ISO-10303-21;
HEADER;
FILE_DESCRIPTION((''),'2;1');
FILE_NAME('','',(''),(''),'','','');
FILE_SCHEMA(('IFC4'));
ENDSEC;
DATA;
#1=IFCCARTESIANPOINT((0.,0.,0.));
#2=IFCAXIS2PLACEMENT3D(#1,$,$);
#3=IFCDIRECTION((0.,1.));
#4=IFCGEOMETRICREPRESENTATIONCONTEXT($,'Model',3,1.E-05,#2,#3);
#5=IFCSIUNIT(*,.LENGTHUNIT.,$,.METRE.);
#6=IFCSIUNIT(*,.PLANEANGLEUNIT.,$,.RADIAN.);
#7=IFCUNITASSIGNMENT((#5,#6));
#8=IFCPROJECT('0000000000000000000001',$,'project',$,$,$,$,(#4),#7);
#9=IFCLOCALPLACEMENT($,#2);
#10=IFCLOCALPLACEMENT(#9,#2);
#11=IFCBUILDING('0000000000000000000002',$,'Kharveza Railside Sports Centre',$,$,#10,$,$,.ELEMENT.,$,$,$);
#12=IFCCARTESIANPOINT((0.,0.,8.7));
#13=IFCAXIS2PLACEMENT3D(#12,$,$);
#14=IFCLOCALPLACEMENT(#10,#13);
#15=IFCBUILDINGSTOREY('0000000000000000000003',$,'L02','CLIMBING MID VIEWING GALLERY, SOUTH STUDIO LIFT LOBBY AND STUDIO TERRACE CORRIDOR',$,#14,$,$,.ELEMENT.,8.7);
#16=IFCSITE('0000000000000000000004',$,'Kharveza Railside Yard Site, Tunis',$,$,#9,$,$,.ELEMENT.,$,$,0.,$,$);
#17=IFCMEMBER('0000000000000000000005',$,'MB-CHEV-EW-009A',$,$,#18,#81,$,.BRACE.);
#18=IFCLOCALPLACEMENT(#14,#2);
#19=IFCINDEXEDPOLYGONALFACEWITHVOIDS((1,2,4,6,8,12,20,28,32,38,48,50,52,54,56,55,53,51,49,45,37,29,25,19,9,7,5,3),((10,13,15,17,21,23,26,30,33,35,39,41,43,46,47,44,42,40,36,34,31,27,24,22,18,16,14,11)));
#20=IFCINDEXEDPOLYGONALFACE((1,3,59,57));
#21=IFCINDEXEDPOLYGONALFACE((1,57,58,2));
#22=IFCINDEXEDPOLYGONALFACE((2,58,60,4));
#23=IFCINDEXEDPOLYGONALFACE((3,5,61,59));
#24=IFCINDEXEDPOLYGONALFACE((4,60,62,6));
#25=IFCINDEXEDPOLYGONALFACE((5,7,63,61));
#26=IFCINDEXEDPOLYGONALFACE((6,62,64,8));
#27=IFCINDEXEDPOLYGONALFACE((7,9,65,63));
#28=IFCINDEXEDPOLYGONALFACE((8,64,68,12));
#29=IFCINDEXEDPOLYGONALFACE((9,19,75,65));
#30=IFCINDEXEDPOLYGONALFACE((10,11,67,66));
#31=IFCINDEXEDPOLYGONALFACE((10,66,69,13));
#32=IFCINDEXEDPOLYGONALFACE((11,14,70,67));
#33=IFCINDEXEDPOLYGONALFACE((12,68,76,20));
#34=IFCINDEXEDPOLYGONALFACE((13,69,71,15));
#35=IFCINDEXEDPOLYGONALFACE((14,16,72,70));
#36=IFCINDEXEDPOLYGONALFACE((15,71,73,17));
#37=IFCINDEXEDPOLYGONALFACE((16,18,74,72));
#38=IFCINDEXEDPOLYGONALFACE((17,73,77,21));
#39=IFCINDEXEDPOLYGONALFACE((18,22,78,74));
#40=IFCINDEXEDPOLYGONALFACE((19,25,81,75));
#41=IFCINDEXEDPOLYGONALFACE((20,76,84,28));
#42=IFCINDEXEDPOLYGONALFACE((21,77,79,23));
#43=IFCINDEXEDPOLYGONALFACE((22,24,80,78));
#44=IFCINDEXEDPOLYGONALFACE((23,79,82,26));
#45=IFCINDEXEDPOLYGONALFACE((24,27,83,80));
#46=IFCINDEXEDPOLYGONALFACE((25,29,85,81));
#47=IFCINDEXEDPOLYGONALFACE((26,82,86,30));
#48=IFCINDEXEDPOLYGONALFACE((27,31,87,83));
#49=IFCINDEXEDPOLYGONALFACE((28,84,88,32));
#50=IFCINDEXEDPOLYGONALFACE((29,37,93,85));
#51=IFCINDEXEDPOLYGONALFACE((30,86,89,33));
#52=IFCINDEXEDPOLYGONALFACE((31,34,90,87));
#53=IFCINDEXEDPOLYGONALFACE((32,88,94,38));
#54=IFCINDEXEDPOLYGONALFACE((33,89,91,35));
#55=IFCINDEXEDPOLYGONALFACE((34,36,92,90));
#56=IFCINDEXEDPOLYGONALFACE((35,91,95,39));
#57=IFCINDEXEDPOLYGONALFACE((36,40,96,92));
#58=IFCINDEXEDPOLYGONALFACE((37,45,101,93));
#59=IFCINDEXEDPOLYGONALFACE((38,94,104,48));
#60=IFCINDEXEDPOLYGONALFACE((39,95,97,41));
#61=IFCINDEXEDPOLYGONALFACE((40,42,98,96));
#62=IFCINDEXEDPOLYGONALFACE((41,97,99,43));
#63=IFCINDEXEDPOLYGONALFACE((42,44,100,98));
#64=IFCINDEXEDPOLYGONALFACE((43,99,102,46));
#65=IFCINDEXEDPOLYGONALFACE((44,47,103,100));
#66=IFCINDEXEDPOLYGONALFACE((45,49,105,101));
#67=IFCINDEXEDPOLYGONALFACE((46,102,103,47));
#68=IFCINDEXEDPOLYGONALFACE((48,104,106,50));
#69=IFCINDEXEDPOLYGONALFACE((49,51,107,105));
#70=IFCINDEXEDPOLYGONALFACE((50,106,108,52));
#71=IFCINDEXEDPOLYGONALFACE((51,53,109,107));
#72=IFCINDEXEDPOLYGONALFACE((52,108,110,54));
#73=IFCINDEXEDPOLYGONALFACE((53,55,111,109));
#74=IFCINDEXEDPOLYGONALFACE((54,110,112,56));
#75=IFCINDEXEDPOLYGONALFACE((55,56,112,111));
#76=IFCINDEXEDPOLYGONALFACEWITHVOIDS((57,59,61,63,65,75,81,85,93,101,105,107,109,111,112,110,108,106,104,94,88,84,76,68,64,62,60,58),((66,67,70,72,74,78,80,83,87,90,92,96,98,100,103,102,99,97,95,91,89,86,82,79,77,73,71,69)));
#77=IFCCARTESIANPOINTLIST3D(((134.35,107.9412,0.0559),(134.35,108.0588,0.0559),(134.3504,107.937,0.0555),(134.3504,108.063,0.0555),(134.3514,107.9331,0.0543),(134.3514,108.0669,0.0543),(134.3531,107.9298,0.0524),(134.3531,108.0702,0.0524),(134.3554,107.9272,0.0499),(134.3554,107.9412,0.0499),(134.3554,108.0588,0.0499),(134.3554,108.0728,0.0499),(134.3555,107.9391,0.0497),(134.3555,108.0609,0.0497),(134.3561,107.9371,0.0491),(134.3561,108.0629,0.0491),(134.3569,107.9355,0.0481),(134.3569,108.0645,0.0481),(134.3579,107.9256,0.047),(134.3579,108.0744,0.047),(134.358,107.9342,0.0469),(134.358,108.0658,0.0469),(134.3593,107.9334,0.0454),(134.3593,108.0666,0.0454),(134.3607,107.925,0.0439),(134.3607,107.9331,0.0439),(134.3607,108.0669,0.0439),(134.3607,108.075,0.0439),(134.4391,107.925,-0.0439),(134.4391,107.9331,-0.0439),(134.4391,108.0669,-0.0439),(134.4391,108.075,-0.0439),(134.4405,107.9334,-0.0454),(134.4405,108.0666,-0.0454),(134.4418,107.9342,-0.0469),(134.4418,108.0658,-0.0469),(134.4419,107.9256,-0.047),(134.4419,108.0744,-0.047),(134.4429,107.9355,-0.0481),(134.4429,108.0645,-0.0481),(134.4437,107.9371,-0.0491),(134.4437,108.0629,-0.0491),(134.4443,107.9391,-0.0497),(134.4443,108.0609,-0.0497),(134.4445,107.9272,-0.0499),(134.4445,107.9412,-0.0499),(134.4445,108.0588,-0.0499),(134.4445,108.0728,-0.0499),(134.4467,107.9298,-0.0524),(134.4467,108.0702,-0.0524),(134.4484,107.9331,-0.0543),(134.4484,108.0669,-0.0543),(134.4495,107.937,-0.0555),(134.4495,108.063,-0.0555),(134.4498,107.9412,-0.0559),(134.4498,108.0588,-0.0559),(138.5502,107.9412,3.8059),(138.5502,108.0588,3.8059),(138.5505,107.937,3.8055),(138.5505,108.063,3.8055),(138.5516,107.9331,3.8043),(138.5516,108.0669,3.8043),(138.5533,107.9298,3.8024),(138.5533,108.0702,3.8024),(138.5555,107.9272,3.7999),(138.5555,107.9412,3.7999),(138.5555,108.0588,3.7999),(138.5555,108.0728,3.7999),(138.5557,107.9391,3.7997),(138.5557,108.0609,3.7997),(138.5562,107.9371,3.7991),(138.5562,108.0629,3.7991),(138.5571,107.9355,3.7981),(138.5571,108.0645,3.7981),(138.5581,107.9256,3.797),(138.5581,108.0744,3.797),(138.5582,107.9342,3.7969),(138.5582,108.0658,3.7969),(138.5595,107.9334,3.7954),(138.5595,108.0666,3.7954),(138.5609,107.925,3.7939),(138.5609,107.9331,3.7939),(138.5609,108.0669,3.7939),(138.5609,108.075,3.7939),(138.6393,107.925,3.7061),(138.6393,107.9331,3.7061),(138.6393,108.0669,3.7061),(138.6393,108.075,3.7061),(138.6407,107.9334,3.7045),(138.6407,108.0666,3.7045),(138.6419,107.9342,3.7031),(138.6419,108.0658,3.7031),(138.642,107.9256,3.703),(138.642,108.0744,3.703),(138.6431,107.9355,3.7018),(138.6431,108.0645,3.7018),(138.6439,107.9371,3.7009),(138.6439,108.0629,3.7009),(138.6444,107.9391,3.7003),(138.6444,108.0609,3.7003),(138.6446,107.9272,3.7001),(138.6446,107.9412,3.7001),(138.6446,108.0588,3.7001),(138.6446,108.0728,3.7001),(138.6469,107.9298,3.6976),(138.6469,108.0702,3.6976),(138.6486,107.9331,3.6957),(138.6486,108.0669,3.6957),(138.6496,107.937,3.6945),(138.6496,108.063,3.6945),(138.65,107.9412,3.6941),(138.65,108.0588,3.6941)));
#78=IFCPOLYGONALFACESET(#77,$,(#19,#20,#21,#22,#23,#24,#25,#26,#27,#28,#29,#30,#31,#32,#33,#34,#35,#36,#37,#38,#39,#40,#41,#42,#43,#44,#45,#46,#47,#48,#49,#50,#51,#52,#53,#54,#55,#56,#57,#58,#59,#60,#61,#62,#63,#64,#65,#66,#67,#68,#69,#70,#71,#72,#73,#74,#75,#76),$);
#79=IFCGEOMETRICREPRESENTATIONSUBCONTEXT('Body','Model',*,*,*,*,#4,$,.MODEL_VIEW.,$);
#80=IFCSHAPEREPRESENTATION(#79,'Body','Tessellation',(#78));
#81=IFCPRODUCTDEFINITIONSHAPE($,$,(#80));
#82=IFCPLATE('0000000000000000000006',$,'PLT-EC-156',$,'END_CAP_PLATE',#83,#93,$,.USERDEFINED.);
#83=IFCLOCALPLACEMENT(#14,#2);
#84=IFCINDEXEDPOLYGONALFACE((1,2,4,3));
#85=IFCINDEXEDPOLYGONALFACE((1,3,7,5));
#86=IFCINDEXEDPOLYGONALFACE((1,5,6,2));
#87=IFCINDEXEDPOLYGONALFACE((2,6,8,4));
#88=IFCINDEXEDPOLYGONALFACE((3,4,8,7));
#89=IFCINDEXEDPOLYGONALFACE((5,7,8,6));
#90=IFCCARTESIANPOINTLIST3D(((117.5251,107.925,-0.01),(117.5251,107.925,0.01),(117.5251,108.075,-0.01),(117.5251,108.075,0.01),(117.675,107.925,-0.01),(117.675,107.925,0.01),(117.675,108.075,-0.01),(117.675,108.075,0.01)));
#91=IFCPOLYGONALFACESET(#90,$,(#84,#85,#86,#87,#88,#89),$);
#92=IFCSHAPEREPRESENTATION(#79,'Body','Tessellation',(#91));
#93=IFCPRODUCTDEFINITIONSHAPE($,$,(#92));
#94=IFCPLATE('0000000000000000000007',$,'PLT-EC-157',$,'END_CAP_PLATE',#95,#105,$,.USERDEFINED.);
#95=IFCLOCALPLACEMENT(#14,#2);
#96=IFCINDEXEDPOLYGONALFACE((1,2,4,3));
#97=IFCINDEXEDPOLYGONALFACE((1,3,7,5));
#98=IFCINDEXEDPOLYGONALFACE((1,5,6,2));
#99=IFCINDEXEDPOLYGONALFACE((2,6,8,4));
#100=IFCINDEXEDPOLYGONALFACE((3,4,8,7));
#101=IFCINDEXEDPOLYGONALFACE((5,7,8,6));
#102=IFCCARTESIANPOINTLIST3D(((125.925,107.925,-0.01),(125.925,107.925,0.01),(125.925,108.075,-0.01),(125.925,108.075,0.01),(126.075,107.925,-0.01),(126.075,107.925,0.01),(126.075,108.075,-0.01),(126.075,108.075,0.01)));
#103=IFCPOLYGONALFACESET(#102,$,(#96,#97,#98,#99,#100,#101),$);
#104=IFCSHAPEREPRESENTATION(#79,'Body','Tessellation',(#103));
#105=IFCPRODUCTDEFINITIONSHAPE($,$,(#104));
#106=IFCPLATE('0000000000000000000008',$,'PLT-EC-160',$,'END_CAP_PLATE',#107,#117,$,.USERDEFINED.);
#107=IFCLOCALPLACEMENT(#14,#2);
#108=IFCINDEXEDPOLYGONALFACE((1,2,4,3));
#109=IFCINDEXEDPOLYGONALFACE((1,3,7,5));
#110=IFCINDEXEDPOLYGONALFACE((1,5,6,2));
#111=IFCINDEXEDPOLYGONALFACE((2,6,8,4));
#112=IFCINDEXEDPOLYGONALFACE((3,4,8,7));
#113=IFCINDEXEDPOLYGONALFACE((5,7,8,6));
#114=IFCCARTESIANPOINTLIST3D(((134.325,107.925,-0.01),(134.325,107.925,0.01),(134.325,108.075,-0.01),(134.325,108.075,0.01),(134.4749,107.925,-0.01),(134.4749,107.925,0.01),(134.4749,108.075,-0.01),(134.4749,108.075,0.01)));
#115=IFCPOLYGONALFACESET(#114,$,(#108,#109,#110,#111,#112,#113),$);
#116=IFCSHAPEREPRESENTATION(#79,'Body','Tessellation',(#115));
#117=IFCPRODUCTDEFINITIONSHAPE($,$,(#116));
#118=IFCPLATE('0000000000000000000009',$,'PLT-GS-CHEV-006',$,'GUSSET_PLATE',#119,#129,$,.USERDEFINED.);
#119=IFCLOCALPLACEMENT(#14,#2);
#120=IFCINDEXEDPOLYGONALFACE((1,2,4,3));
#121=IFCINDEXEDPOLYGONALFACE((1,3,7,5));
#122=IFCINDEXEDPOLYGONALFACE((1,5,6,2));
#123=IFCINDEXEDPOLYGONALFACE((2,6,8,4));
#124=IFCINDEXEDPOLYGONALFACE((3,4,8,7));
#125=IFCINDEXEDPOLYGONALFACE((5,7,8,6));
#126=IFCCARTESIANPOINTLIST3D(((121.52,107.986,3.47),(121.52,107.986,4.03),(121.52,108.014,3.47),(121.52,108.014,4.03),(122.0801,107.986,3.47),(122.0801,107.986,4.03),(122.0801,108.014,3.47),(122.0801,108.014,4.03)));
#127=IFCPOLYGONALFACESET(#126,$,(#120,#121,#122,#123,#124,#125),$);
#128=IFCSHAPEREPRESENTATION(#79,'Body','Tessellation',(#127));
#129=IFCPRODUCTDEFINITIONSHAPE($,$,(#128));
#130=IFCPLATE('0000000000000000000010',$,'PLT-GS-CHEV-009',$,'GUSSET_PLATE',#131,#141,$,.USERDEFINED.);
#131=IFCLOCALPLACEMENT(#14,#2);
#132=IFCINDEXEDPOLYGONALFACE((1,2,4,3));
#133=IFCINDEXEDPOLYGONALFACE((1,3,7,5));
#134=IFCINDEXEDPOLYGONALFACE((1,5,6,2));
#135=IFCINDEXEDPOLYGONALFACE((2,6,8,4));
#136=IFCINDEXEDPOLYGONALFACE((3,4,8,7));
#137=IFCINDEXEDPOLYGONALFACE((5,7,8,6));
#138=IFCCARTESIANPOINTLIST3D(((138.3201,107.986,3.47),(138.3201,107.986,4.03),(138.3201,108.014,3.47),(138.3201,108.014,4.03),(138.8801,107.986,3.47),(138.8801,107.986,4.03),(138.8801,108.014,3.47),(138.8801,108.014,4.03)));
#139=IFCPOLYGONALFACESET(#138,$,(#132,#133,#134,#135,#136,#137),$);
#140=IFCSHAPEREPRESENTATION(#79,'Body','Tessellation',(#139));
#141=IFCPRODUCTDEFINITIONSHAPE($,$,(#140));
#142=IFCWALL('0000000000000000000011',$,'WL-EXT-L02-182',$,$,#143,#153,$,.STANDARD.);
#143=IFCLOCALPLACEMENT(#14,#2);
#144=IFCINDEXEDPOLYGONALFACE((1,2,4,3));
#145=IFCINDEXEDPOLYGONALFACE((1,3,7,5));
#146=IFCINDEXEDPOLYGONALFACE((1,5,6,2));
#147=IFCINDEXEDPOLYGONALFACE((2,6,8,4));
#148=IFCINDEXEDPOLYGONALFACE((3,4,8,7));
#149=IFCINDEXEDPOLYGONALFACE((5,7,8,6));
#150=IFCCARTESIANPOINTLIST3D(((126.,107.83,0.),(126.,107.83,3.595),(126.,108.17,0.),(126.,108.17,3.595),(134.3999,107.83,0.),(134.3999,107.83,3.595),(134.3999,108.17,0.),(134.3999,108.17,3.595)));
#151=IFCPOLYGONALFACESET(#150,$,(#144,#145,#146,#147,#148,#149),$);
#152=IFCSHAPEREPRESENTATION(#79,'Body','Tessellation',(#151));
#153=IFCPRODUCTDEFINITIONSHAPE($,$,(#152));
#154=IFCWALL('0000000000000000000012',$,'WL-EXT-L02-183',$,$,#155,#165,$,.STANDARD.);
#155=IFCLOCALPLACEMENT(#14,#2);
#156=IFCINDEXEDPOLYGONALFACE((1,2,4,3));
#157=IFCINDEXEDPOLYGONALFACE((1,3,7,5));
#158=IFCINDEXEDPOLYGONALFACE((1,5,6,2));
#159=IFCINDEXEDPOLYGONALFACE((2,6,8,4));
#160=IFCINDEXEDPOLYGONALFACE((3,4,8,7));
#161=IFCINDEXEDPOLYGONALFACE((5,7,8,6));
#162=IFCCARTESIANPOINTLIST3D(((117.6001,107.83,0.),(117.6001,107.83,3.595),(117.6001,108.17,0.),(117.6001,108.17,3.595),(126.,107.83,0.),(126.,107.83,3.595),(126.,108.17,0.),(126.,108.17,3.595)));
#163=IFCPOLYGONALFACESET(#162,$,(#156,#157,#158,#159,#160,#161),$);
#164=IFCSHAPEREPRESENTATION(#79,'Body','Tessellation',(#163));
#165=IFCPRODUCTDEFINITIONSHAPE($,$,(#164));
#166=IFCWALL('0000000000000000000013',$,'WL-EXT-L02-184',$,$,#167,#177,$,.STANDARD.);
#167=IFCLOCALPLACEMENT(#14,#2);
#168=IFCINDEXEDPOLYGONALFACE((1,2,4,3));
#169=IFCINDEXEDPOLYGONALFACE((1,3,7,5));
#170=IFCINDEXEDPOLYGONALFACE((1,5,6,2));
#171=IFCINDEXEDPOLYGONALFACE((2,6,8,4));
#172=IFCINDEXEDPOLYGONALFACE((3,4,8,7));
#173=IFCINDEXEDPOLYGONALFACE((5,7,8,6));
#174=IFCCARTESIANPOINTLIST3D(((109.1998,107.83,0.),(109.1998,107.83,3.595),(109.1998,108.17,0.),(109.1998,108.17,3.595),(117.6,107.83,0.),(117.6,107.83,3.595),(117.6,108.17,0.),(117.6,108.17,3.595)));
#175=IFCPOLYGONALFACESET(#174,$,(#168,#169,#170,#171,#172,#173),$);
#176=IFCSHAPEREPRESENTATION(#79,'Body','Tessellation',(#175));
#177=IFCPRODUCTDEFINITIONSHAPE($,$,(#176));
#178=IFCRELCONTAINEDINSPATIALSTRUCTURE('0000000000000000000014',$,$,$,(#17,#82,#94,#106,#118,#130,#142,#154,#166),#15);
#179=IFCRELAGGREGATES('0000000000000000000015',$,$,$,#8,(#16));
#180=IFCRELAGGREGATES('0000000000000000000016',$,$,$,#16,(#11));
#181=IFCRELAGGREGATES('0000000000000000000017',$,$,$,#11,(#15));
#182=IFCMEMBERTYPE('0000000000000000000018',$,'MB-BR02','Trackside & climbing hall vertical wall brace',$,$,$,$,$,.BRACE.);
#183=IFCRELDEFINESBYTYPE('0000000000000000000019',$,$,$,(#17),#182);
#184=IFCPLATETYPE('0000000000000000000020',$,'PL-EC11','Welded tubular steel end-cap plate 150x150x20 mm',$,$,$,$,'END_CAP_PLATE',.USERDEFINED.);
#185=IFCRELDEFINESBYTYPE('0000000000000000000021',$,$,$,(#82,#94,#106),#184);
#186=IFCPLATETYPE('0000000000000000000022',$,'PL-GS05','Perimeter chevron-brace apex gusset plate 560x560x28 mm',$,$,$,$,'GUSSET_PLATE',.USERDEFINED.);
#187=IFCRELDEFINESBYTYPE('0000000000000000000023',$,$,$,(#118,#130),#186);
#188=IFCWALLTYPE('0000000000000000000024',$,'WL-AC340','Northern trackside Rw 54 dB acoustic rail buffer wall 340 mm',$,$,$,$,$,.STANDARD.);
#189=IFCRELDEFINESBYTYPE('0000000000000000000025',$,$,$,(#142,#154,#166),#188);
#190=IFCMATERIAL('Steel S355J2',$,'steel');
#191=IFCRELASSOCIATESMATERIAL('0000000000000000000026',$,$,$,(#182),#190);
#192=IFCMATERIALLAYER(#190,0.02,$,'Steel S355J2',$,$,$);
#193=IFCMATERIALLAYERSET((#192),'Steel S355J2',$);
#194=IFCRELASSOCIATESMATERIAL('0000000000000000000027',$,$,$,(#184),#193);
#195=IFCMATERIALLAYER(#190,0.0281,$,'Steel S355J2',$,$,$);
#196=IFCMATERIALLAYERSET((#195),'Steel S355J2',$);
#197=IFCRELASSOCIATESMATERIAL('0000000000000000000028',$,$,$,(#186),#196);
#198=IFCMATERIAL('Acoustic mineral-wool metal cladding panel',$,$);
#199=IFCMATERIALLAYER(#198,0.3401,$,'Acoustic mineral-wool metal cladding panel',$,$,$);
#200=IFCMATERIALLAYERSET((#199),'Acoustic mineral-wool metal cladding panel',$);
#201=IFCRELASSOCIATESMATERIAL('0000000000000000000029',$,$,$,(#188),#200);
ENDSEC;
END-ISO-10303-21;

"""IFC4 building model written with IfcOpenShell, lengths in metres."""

from ifc_helpers import new_model, si_unit, direction, frame, frame_2d, origin, origin_2d, place, context, subcontext, project, spatial, rectangle, hollow_rectangle, extrude, material, layer, layer_set, material_profile, profile_set, type_object, element, save


model = new_model("IFC4")

# Units and contexts
model_context = context("Model", 3, precision=1e-05, world=origin(), true_north=direction((0.0, 1.0)))
body_context = subcontext(model_context, "Body", "Model", "MODEL_VIEW")
ifc_project = project(units=[si_unit("LENGTHUNIT", "METRE"), si_unit("PLANEANGLEUNIT", "RADIAN")], contexts=[model_context])

# Site, building, storey
site_placement = place(None, origin())
site = spatial("IfcSite", under=ifc_project, at=site_placement, Name="Kharveza Railside Yard Site, Tunis", CompositionType="ELEMENT", RefElevation=0.0)
building_placement = place(site_placement, origin())
building = spatial("IfcBuilding", under=site, at=building_placement, Name="Kharveza Railside Sports Centre", CompositionType="ELEMENT")
storey_placement = place(building_placement, frame((0.0, 0.0, 8.7)))
storey = spatial("IfcBuildingStorey", under=building, at=storey_placement, Name="L02", Description="CLIMBING MID VIEWING GALLERY, SOUTH STUDIO LIFT LOBBY AND STUDIO TERRACE CORRIDOR", CompositionType="ELEMENT", Elevation=8.7)

# Shared definitions
ifc_material_1 = material(Name="Steel S355J2", Category="steel")

# Member
ifc_material_profile_1 = material_profile(ifc_material_1, hollow_rectangle(XDim=0.1499, YDim=0.1499, WallThickness=0.0081, InnerFilletRadius=0.0081, OuterFilletRadius=0.0161, at=origin_2d()), Name="SHS 150x150x8.0")
ifc_profile_set_1 = profile_set([ifc_material_profile_1], Name="Steel S355J2")
member_type = type_object("IfcMemberType", Name="MB-BR02", Description="Trackside & climbing hall vertical wall brace", PredefinedType="BRACE", material=ifc_profile_set_1)
member_placement = place(storey_placement, frame((134.3999, 108.0, 0.0), z_axis=(0.745953, 0.0, 0.665999), x_axis=(0.0, 1.0, 0.0)))
element("IfcMember", 1, at=member_placement, inside=storey, type_object=member_type, Name="MB-CHEV-EW-009A", PredefinedType="BRACE", context=body_context, shape_type="SweptSolid", body=[
    extrude(hollow_rectangle(XDim=0.1499, YDim=0.1499, WallThickness=0.0081, InnerFilletRadius=0.0081, OuterFilletRadius=0.0161, at=origin_2d()), origin(), (0.0, 0.0, 1.0), 5.6306),
])

# Plates
ifc_layer_1 = layer(ifc_material_1, 0.02, Name="Steel S355J2")
ifc_layer_set_1 = layer_set([ifc_layer_1], Name="Steel S355J2")
plate_type_1 = type_object("IfcPlateType", Name="PL-EC11", Description="Welded tubular steel end-cap plate 150x150x20 mm", ElementType="END_CAP_PLATE", PredefinedType="USERDEFINED", material=ifc_layer_set_1)
for number, where, z_axis, x_axis, name in (
    (2, (117.6001, 108.0, -0.01), (0.0, 0.0, 1.0), (1.0, 0.0, 0.0), "PLT-EC-156"),
    (3, (126.0, 108.0, -0.01), (0.0, 0.0, 1.0), (1.0, 0.0, 0.0), "PLT-EC-157"),
    (4, (134.3999, 108.0, -0.01), (0.0, 0.0, 1.0), (1.0, 0.0, 0.0), "PLT-EC-160"),
):
    element("IfcPlate", number, at=place(storey_placement, frame(where, z_axis=z_axis, x_axis=x_axis)), inside=storey, type_object=plate_type_1, Name=name, ObjectType="END_CAP_PLATE", PredefinedType="USERDEFINED", context=body_context, shape_type="SweptSolid", body=[
        extrude(rectangle(XDim=0.1499, YDim=0.1499, at=origin_2d()), origin(), (0.0, 0.0, 1.0), 0.02),
    ])
ifc_layer_2 = layer(ifc_material_1, 0.0281, Name="Steel S355J2")
ifc_layer_set_2 = layer_set([ifc_layer_2], Name="Steel S355J2")
plate_type_2 = type_object("IfcPlateType", Name="PL-GS05", Description="Perimeter chevron-brace apex gusset plate 560x560x28 mm", ElementType="GUSSET_PLATE", PredefinedType="USERDEFINED", material=ifc_layer_set_2)
for number, where, z_axis, x_axis, name in (
    (5, (121.8, 108.0, 3.47), (0.0, 0.0, 1.0), (1.0, 0.0, 0.0), "PLT-GS-CHEV-006"),
    (6, (138.6001, 108.0, 3.47), (0.0, 0.0, 1.0), (1.0, 0.0, 0.0), "PLT-GS-CHEV-009"),
):
    element("IfcPlate", number, at=place(storey_placement, frame(where, z_axis=z_axis, x_axis=x_axis)), inside=storey, type_object=plate_type_2, Name=name, ObjectType="GUSSET_PLATE", PredefinedType="USERDEFINED", context=body_context, shape_type="SweptSolid", body=[
        extrude(rectangle(XDim=0.5601, YDim=0.0281, at=origin_2d()), origin(), (0.0, 0.0, 1.0), 0.5601),
    ])

# Walls
ifc_material_2 = material(Name="Acoustic mineral-wool metal cladding panel")
ifc_layer_3 = layer(ifc_material_2, 0.3401, Name="Acoustic mineral-wool metal cladding panel")
ifc_layer_set_3 = layer_set([ifc_layer_3], Name="Acoustic mineral-wool metal cladding panel")
wall_type_1 = type_object("IfcWallType", Name="WL-AC340", Description="Northern trackside Rw 54 dB acoustic rail buffer wall 340 mm", PredefinedType="STANDARD", material=ifc_layer_set_3)
for number, where, z_axis, x_axis, name in (
    (7, (134.3999, 108.0, 0.0), (0.0, 0.0, 1.0), (-1.0, 0.0, 0.0), "WL-EXT-L02-182"),
    (8, (126.0, 108.0, 0.0), (0.0, 0.0, 1.0), (-1.0, 0.0, 0.0), "WL-EXT-L02-183"),
):
    element("IfcWall", number, at=place(storey_placement, frame(where, z_axis=z_axis, x_axis=x_axis)), inside=storey, type_object=wall_type_1, Name=name, PredefinedType="STANDARD", context=body_context, shape_type="SweptSolid", body=[
        extrude(rectangle(XDim=8.3999, YDim=0.3401, at=frame_2d((4.2, 0.0))), origin(), (0.0, 0.0, 1.0), 3.595),
    ])
wall_1_placement = place(storey_placement, frame((117.6001, 108.0, 0.0), z_axis=(0.0, 0.0, 1.0), x_axis=(-1.0, 0.0, 0.0)))
element("IfcWall", 9, at=wall_1_placement, inside=storey, type_object=wall_type_1, Name="WL-EXT-L02-184", PredefinedType="STANDARD", context=body_context, shape_type="SweptSolid", body=[
    extrude(rectangle(XDim=8.4001, YDim=0.3401, at=frame_2d((4.2002, 0.0))), origin(), (0.0, 0.0, 1.0), 3.595),
])

save(model, "model.ifc")
